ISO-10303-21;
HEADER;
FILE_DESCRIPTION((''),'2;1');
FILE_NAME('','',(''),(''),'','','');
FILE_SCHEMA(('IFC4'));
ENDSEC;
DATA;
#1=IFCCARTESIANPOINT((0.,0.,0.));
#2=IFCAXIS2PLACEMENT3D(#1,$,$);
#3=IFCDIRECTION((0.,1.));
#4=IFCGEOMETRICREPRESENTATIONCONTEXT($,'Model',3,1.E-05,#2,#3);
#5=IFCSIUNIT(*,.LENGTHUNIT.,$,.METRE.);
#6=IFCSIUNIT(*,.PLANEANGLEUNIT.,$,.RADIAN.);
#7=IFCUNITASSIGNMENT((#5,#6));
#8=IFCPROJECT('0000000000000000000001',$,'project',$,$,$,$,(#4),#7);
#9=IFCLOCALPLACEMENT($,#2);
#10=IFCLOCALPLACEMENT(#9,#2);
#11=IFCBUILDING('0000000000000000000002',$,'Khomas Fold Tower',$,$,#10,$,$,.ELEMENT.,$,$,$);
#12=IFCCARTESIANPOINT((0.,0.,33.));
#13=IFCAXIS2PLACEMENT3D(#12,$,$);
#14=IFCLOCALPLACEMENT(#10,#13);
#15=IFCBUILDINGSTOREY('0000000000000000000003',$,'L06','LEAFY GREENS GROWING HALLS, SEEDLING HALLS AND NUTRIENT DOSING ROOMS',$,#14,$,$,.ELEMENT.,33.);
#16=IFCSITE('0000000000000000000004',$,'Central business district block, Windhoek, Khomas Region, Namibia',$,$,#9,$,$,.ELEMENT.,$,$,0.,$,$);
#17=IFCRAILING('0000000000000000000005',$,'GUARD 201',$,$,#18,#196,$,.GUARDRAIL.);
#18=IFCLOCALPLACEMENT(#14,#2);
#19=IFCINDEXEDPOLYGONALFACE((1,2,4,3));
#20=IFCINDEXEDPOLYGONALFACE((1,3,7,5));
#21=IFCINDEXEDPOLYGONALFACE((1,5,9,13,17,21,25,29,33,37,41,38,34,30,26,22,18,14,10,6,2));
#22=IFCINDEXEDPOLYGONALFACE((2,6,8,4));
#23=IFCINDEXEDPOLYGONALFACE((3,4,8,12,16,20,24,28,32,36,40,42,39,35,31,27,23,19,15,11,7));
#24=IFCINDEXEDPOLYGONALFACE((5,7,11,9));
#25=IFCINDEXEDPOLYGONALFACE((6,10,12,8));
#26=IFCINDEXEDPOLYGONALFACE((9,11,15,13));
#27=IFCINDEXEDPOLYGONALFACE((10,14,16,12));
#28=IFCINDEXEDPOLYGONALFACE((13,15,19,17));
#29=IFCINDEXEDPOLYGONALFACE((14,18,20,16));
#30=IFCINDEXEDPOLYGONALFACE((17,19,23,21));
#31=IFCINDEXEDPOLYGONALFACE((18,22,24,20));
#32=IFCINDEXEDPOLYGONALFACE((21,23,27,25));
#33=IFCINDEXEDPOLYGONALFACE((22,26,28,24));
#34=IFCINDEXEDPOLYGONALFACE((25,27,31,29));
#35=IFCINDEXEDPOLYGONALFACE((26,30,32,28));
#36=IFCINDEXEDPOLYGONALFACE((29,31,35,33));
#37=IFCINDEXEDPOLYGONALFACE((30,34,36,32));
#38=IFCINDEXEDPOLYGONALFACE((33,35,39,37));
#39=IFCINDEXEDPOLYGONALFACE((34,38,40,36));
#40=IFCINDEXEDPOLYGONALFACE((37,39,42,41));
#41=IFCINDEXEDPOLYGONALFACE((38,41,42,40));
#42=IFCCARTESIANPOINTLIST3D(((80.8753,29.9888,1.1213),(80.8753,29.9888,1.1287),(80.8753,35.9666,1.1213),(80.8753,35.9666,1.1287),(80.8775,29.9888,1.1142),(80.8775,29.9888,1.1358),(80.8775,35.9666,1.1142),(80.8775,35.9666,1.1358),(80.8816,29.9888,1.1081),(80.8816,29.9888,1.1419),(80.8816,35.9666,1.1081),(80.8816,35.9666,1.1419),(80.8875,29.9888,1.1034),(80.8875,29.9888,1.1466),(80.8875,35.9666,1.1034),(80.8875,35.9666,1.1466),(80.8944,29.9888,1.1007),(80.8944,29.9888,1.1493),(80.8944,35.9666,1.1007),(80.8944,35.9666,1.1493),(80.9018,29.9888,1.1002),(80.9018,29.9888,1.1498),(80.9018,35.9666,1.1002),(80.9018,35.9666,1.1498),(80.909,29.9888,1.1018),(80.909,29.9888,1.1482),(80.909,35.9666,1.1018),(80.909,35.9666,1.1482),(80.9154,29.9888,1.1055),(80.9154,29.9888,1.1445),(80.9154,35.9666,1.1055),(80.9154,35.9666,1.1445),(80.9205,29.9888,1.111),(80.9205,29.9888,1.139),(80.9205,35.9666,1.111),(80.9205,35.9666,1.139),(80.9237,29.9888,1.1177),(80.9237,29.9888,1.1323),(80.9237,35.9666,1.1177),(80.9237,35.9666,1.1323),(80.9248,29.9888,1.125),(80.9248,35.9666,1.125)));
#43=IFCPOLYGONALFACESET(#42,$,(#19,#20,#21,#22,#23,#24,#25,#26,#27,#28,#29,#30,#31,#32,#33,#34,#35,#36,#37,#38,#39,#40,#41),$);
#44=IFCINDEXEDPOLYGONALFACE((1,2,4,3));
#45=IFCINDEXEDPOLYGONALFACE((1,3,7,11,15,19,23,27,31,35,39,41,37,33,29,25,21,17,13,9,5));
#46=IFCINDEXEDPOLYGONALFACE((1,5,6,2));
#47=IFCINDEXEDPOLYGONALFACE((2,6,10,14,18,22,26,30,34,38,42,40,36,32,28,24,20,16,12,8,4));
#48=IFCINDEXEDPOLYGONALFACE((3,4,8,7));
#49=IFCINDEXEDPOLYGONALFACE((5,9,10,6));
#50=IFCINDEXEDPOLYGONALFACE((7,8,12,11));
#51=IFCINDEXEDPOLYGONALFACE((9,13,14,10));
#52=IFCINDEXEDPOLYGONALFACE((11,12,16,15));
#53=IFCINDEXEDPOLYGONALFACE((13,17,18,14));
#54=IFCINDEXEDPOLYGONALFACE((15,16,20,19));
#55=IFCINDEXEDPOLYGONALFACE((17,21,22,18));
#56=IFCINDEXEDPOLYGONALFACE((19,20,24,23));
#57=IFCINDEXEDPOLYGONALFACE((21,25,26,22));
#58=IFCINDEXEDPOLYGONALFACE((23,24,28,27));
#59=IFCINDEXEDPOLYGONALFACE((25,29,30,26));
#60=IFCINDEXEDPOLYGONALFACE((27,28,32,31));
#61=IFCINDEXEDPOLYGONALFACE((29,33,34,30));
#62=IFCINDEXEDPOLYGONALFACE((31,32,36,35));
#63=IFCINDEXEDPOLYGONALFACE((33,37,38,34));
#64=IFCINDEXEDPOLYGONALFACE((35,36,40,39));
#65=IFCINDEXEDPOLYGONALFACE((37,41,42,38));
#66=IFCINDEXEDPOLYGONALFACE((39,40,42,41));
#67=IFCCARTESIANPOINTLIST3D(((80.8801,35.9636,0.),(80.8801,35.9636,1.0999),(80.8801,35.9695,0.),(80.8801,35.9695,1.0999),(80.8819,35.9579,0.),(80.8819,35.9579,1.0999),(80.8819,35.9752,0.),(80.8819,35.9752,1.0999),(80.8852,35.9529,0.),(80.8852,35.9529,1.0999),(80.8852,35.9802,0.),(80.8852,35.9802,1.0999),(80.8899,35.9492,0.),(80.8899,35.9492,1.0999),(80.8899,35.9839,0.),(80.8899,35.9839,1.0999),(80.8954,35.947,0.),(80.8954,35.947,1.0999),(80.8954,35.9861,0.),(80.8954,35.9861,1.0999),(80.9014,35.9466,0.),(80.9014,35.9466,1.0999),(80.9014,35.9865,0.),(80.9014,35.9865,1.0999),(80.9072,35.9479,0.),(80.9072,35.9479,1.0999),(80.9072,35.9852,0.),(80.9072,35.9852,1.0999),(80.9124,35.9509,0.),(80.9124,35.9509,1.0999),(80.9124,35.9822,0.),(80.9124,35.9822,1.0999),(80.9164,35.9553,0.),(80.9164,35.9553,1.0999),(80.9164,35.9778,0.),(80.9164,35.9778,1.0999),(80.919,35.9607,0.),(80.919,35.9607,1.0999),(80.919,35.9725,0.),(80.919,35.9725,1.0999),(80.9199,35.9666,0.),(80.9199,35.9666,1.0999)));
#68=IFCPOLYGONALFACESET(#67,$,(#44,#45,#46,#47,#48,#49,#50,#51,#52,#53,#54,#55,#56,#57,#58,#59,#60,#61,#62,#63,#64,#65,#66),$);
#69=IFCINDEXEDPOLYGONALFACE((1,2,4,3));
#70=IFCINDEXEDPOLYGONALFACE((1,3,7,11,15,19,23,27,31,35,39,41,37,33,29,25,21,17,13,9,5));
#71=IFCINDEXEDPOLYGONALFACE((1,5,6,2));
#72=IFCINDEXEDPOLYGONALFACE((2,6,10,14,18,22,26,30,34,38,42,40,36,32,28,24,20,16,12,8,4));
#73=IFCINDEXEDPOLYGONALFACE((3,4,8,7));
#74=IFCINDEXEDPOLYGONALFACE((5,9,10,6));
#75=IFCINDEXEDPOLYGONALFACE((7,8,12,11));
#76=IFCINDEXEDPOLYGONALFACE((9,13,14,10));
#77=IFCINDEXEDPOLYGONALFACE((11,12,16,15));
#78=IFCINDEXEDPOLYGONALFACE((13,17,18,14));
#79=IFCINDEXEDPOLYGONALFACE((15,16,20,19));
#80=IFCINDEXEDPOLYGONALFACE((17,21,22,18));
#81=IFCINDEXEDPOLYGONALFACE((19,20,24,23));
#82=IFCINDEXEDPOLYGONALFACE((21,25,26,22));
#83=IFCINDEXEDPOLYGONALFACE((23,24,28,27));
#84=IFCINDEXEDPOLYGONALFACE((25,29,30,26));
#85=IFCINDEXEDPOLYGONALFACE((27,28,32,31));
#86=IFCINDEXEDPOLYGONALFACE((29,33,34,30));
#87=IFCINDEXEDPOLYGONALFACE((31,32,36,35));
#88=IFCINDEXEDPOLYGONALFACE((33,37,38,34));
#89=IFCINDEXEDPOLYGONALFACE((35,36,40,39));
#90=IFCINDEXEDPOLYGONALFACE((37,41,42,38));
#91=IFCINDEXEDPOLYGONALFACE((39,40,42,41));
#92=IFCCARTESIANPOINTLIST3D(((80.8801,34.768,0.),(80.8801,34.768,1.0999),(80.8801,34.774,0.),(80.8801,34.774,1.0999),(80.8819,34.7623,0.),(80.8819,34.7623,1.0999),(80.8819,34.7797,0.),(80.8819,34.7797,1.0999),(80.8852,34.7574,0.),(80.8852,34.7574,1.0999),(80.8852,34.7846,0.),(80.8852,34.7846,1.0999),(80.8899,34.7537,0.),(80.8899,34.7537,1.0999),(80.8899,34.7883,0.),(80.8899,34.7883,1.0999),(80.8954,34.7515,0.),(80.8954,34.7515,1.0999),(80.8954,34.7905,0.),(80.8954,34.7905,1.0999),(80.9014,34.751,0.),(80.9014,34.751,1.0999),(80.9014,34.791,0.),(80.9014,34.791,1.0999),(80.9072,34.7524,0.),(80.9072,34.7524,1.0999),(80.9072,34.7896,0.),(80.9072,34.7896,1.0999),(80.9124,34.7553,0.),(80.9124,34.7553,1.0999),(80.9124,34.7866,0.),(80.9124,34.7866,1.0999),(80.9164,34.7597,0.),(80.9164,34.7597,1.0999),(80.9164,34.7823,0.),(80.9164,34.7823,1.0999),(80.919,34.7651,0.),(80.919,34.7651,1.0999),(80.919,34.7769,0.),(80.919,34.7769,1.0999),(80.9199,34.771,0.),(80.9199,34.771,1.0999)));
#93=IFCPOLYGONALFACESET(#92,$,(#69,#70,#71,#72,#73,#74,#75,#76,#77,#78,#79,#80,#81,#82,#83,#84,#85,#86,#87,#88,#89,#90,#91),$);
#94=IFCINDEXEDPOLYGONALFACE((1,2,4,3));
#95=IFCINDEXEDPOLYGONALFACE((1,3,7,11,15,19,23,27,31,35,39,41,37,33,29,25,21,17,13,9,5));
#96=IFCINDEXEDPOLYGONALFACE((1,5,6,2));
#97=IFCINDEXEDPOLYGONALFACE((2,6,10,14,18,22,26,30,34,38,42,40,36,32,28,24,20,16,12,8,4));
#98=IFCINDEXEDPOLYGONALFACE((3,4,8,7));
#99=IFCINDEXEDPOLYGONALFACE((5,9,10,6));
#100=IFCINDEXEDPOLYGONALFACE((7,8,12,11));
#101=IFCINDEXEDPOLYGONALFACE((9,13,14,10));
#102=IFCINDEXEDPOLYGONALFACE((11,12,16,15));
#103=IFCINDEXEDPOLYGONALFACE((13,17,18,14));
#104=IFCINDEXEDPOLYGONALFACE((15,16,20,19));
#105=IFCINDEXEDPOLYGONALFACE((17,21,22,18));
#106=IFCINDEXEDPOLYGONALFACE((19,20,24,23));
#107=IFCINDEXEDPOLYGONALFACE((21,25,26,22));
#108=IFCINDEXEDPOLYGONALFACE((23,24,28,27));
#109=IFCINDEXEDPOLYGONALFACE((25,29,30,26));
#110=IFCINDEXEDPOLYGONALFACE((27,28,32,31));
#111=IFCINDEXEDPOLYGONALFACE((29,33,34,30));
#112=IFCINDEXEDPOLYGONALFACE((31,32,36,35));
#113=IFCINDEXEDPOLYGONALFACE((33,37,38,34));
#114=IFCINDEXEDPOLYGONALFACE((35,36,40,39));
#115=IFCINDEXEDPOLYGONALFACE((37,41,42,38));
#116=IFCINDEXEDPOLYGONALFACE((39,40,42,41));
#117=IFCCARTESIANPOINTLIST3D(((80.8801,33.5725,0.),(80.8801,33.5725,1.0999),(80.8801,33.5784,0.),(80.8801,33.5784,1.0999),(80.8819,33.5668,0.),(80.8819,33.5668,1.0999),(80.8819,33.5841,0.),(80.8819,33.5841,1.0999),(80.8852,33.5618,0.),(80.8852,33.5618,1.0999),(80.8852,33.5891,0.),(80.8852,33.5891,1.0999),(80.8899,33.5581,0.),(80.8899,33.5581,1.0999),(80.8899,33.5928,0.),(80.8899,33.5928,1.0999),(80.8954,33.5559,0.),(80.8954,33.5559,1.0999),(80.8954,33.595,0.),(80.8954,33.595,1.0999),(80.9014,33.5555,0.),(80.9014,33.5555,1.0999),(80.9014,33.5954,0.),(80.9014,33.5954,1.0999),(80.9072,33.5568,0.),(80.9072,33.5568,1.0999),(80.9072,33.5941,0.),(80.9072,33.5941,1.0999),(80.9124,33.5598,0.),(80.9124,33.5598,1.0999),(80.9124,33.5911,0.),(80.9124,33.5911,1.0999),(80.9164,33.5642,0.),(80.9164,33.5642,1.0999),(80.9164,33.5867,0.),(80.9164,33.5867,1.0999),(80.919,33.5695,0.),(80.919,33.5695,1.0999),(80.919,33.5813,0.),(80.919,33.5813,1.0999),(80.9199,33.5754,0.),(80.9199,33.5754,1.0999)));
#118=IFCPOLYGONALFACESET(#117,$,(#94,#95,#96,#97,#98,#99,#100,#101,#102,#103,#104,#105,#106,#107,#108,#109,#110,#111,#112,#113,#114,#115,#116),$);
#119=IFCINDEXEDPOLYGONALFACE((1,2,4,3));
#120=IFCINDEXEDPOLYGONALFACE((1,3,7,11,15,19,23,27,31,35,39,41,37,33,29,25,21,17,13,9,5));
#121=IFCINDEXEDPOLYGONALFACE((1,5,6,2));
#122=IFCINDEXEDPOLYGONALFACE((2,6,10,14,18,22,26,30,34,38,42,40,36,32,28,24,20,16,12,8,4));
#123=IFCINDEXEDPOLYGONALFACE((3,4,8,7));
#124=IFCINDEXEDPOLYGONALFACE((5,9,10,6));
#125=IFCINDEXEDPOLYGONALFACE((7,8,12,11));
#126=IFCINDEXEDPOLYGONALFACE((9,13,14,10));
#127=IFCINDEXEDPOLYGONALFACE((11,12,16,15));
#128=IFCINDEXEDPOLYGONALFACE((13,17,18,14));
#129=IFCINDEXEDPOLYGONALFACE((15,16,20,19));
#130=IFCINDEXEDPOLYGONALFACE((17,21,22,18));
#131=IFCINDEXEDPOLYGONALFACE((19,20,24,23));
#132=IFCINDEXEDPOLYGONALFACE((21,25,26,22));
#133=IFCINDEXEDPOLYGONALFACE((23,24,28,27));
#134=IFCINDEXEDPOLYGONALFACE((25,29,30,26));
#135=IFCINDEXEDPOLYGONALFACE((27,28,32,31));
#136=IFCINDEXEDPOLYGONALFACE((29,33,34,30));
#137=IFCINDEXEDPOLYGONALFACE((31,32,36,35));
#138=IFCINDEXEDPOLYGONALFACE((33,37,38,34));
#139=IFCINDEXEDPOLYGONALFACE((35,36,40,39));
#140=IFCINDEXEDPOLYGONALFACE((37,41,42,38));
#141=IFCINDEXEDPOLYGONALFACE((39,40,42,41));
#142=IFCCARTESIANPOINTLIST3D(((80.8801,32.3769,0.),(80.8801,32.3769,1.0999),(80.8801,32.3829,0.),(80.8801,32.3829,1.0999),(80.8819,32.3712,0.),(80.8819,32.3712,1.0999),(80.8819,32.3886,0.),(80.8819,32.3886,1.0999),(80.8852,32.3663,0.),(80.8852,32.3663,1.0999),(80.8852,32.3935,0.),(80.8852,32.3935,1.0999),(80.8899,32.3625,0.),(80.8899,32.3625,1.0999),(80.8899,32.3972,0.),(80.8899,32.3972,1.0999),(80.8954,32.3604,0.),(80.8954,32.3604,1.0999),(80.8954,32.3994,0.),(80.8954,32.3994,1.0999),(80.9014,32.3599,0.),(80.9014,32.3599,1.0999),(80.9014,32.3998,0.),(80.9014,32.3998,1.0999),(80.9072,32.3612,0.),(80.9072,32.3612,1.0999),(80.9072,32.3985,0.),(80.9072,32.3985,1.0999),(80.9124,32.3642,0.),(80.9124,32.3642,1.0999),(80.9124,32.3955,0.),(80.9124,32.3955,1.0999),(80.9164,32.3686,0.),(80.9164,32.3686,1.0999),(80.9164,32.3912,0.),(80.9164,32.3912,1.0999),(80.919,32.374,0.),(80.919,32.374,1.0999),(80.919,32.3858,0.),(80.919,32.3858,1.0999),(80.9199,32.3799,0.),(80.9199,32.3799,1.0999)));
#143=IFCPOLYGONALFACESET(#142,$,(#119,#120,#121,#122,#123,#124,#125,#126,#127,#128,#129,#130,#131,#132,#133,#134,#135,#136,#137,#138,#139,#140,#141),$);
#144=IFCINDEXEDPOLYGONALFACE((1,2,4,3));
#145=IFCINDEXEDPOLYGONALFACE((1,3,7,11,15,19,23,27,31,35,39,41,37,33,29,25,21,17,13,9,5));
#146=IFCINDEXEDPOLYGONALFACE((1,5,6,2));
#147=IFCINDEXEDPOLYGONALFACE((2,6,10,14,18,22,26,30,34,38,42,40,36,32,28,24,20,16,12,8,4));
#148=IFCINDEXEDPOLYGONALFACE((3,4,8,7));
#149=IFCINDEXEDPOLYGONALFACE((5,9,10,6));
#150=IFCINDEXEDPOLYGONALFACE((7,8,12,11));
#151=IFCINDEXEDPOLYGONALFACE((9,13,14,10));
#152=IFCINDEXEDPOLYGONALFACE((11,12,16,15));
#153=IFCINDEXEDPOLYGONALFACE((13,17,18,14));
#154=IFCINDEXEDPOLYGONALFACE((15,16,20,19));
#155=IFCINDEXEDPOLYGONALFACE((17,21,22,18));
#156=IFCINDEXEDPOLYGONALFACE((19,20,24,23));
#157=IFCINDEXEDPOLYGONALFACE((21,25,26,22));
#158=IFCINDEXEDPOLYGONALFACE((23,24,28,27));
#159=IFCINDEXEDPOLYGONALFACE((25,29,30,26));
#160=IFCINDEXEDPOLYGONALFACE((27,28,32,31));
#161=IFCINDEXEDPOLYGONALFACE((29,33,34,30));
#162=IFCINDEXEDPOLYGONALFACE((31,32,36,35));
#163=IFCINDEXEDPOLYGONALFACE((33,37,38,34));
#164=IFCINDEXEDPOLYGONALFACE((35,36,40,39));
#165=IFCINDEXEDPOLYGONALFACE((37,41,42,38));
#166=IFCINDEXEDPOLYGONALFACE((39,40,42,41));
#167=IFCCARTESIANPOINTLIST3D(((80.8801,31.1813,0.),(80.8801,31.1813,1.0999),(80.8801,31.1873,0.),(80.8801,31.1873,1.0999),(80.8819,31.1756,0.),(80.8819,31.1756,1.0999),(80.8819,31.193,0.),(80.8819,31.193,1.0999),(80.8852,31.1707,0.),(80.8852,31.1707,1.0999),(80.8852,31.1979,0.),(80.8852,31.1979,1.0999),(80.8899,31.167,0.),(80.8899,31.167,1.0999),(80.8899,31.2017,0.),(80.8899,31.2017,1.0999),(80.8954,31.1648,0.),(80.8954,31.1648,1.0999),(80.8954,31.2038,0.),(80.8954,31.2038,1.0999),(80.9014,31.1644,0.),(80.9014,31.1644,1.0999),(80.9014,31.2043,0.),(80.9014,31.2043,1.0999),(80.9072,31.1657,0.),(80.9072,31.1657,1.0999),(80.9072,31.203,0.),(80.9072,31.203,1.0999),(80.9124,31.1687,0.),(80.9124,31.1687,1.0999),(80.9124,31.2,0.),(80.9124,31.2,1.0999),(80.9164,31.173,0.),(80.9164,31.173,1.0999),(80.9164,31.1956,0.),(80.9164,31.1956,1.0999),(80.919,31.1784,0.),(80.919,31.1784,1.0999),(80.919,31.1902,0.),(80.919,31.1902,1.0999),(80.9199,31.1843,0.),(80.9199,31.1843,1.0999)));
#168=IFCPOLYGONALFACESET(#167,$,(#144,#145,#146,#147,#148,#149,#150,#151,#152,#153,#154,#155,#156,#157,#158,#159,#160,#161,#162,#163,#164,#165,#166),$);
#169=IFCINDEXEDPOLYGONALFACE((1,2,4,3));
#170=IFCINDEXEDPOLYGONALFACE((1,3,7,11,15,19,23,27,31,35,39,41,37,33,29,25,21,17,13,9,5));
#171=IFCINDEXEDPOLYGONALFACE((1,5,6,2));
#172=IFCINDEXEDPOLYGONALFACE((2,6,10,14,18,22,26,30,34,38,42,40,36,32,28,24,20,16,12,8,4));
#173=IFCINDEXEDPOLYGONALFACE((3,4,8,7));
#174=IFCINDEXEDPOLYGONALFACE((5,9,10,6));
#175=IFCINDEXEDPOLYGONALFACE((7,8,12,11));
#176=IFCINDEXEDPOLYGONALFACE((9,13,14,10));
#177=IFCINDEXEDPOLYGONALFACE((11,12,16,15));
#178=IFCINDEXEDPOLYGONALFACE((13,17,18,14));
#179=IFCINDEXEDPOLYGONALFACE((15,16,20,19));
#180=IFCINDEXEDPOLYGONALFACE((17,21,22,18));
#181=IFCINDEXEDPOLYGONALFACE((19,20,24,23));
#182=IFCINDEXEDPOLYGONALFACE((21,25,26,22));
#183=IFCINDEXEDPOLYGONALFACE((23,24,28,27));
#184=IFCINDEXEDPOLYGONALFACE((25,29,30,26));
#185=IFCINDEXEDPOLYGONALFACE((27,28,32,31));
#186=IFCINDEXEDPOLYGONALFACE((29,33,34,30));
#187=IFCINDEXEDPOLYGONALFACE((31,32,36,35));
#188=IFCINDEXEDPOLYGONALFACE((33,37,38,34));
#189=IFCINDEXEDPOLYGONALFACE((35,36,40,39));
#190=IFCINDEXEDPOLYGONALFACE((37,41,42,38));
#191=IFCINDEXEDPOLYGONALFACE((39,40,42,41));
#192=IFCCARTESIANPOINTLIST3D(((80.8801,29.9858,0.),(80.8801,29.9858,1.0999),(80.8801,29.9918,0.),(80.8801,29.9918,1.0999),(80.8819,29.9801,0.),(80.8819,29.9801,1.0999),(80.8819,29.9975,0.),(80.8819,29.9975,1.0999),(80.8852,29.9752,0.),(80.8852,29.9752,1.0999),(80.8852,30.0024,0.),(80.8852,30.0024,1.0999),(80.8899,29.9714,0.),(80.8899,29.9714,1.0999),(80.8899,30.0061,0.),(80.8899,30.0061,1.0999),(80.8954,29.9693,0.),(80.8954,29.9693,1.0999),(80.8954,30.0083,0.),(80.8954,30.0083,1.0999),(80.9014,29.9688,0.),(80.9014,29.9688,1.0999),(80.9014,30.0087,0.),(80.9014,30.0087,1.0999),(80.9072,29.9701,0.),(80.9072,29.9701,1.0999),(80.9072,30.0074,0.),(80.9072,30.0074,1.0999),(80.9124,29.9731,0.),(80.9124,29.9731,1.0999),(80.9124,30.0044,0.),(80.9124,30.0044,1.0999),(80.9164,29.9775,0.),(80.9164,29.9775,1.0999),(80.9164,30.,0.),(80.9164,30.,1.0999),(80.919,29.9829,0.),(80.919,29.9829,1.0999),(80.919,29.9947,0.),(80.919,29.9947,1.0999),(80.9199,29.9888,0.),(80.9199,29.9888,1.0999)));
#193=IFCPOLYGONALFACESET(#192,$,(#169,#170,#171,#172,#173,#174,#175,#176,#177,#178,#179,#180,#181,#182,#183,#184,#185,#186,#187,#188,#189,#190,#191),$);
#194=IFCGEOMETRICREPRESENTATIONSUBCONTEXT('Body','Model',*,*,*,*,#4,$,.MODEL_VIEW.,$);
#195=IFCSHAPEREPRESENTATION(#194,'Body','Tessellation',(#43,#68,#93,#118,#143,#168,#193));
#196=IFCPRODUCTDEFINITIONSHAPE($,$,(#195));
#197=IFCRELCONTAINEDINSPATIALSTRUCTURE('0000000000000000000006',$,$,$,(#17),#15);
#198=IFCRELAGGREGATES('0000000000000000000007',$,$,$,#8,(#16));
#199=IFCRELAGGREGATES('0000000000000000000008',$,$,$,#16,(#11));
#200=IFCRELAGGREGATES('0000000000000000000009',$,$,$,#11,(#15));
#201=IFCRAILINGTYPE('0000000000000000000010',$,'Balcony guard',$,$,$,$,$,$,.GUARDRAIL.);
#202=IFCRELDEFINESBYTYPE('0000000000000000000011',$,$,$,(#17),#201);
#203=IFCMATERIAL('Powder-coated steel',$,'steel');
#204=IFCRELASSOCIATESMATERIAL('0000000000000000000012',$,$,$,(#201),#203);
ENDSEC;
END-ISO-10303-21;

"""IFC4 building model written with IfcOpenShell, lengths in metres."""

from ifc_helpers import new_model, si_unit, direction, frame, origin, origin_2d, place, context, subcontext, project, spatial, circle, extrude, source, transform, mapped, material, type_object, element, save


model = new_model("IFC4")

# Units and contexts
model_context = context("Model", 3, precision=1e-05, world=origin(), true_north=direction((0.0, 1.0)))
body_context = subcontext(model_context, "Body", "Model", "MODEL_VIEW")
ifc_project = project(units=[si_unit("LENGTHUNIT", "METRE"), si_unit("PLANEANGLEUNIT", "RADIAN")], contexts=[model_context])

# Site, building, storey
site_placement = place(None, origin())
site = spatial("IfcSite", under=ifc_project, at=site_placement, Name="Central business district block, Windhoek, Khomas Region, Namibia", CompositionType="ELEMENT", RefElevation=0.0)
building_placement = place(site_placement, origin())
building = spatial("IfcBuilding", under=site, at=building_placement, Name="Khomas Fold Tower", CompositionType="ELEMENT")
storey_placement = place(building_placement, frame((0.0, 0.0, 33.0)))
storey = spatial("IfcBuildingStorey", under=building, at=storey_placement, Name="L06", Description="LEAFY GREENS GROWING HALLS, SEEDLING HALLS AND NUTRIENT DOSING ROOMS", CompositionType="ELEMENT", Elevation=33.0)

# Railing
ifc_material_1 = material(Name="Powder-coated steel", Category="steel")
railing_type = type_object("IfcRailingType", Name="Balcony guard", PredefinedType="GUARDRAIL", material=ifc_material_1)
shared_shape_1 = source(origin(), body_context, "Body", "SweptSolid", [
    extrude(circle(Radius=0.0249, at=origin_2d()), frame((0.0, 0.0, 1.125), z_axis=(0.0, -1.0, 0.0), x_axis=(1.0, 0.0, 0.0)), (0.0, 0.0, 1.0), 5.9778),
    extrude(circle(Radius=0.02, at=origin_2d()), origin(), (0.0, 0.0, 1.0), 1.0999),
    extrude(circle(Radius=0.02, at=origin_2d()), frame((0.0, -1.1956, 0.0)), (0.0, 0.0, 1.0), 1.0999),
    extrude(circle(Radius=0.02, at=origin_2d()), frame((0.0, -2.3911, 0.0)), (0.0, 0.0, 1.0), 1.0999),
    extrude(circle(Radius=0.02, at=origin_2d()), frame((0.0, -3.5867, 0.0)), (0.0, 0.0, 1.0), 1.0999),
    extrude(circle(Radius=0.02, at=origin_2d()), frame((0.0, -4.7822, 0.0)), (0.0, 0.0, 1.0), 1.0999),
    extrude(circle(Radius=0.02, at=origin_2d()), frame((0.0, -5.9778, 0.0)), (0.0, 0.0, 1.0), 1.0999),
])
railing_1_placement = place(storey_placement, frame((80.8999, 35.9666, 0.0)))
element("IfcRailing", 1, at=railing_1_placement, inside=storey, type_object=railing_type, Name="GUARD 201", PredefinedType="GUARDRAIL", context=body_context, shape_type="MappedRepresentation", body=[
    mapped(shared_shape_1, transform((0.0, 0.0, 0.0))),
])

save(model, "model.ifc")
